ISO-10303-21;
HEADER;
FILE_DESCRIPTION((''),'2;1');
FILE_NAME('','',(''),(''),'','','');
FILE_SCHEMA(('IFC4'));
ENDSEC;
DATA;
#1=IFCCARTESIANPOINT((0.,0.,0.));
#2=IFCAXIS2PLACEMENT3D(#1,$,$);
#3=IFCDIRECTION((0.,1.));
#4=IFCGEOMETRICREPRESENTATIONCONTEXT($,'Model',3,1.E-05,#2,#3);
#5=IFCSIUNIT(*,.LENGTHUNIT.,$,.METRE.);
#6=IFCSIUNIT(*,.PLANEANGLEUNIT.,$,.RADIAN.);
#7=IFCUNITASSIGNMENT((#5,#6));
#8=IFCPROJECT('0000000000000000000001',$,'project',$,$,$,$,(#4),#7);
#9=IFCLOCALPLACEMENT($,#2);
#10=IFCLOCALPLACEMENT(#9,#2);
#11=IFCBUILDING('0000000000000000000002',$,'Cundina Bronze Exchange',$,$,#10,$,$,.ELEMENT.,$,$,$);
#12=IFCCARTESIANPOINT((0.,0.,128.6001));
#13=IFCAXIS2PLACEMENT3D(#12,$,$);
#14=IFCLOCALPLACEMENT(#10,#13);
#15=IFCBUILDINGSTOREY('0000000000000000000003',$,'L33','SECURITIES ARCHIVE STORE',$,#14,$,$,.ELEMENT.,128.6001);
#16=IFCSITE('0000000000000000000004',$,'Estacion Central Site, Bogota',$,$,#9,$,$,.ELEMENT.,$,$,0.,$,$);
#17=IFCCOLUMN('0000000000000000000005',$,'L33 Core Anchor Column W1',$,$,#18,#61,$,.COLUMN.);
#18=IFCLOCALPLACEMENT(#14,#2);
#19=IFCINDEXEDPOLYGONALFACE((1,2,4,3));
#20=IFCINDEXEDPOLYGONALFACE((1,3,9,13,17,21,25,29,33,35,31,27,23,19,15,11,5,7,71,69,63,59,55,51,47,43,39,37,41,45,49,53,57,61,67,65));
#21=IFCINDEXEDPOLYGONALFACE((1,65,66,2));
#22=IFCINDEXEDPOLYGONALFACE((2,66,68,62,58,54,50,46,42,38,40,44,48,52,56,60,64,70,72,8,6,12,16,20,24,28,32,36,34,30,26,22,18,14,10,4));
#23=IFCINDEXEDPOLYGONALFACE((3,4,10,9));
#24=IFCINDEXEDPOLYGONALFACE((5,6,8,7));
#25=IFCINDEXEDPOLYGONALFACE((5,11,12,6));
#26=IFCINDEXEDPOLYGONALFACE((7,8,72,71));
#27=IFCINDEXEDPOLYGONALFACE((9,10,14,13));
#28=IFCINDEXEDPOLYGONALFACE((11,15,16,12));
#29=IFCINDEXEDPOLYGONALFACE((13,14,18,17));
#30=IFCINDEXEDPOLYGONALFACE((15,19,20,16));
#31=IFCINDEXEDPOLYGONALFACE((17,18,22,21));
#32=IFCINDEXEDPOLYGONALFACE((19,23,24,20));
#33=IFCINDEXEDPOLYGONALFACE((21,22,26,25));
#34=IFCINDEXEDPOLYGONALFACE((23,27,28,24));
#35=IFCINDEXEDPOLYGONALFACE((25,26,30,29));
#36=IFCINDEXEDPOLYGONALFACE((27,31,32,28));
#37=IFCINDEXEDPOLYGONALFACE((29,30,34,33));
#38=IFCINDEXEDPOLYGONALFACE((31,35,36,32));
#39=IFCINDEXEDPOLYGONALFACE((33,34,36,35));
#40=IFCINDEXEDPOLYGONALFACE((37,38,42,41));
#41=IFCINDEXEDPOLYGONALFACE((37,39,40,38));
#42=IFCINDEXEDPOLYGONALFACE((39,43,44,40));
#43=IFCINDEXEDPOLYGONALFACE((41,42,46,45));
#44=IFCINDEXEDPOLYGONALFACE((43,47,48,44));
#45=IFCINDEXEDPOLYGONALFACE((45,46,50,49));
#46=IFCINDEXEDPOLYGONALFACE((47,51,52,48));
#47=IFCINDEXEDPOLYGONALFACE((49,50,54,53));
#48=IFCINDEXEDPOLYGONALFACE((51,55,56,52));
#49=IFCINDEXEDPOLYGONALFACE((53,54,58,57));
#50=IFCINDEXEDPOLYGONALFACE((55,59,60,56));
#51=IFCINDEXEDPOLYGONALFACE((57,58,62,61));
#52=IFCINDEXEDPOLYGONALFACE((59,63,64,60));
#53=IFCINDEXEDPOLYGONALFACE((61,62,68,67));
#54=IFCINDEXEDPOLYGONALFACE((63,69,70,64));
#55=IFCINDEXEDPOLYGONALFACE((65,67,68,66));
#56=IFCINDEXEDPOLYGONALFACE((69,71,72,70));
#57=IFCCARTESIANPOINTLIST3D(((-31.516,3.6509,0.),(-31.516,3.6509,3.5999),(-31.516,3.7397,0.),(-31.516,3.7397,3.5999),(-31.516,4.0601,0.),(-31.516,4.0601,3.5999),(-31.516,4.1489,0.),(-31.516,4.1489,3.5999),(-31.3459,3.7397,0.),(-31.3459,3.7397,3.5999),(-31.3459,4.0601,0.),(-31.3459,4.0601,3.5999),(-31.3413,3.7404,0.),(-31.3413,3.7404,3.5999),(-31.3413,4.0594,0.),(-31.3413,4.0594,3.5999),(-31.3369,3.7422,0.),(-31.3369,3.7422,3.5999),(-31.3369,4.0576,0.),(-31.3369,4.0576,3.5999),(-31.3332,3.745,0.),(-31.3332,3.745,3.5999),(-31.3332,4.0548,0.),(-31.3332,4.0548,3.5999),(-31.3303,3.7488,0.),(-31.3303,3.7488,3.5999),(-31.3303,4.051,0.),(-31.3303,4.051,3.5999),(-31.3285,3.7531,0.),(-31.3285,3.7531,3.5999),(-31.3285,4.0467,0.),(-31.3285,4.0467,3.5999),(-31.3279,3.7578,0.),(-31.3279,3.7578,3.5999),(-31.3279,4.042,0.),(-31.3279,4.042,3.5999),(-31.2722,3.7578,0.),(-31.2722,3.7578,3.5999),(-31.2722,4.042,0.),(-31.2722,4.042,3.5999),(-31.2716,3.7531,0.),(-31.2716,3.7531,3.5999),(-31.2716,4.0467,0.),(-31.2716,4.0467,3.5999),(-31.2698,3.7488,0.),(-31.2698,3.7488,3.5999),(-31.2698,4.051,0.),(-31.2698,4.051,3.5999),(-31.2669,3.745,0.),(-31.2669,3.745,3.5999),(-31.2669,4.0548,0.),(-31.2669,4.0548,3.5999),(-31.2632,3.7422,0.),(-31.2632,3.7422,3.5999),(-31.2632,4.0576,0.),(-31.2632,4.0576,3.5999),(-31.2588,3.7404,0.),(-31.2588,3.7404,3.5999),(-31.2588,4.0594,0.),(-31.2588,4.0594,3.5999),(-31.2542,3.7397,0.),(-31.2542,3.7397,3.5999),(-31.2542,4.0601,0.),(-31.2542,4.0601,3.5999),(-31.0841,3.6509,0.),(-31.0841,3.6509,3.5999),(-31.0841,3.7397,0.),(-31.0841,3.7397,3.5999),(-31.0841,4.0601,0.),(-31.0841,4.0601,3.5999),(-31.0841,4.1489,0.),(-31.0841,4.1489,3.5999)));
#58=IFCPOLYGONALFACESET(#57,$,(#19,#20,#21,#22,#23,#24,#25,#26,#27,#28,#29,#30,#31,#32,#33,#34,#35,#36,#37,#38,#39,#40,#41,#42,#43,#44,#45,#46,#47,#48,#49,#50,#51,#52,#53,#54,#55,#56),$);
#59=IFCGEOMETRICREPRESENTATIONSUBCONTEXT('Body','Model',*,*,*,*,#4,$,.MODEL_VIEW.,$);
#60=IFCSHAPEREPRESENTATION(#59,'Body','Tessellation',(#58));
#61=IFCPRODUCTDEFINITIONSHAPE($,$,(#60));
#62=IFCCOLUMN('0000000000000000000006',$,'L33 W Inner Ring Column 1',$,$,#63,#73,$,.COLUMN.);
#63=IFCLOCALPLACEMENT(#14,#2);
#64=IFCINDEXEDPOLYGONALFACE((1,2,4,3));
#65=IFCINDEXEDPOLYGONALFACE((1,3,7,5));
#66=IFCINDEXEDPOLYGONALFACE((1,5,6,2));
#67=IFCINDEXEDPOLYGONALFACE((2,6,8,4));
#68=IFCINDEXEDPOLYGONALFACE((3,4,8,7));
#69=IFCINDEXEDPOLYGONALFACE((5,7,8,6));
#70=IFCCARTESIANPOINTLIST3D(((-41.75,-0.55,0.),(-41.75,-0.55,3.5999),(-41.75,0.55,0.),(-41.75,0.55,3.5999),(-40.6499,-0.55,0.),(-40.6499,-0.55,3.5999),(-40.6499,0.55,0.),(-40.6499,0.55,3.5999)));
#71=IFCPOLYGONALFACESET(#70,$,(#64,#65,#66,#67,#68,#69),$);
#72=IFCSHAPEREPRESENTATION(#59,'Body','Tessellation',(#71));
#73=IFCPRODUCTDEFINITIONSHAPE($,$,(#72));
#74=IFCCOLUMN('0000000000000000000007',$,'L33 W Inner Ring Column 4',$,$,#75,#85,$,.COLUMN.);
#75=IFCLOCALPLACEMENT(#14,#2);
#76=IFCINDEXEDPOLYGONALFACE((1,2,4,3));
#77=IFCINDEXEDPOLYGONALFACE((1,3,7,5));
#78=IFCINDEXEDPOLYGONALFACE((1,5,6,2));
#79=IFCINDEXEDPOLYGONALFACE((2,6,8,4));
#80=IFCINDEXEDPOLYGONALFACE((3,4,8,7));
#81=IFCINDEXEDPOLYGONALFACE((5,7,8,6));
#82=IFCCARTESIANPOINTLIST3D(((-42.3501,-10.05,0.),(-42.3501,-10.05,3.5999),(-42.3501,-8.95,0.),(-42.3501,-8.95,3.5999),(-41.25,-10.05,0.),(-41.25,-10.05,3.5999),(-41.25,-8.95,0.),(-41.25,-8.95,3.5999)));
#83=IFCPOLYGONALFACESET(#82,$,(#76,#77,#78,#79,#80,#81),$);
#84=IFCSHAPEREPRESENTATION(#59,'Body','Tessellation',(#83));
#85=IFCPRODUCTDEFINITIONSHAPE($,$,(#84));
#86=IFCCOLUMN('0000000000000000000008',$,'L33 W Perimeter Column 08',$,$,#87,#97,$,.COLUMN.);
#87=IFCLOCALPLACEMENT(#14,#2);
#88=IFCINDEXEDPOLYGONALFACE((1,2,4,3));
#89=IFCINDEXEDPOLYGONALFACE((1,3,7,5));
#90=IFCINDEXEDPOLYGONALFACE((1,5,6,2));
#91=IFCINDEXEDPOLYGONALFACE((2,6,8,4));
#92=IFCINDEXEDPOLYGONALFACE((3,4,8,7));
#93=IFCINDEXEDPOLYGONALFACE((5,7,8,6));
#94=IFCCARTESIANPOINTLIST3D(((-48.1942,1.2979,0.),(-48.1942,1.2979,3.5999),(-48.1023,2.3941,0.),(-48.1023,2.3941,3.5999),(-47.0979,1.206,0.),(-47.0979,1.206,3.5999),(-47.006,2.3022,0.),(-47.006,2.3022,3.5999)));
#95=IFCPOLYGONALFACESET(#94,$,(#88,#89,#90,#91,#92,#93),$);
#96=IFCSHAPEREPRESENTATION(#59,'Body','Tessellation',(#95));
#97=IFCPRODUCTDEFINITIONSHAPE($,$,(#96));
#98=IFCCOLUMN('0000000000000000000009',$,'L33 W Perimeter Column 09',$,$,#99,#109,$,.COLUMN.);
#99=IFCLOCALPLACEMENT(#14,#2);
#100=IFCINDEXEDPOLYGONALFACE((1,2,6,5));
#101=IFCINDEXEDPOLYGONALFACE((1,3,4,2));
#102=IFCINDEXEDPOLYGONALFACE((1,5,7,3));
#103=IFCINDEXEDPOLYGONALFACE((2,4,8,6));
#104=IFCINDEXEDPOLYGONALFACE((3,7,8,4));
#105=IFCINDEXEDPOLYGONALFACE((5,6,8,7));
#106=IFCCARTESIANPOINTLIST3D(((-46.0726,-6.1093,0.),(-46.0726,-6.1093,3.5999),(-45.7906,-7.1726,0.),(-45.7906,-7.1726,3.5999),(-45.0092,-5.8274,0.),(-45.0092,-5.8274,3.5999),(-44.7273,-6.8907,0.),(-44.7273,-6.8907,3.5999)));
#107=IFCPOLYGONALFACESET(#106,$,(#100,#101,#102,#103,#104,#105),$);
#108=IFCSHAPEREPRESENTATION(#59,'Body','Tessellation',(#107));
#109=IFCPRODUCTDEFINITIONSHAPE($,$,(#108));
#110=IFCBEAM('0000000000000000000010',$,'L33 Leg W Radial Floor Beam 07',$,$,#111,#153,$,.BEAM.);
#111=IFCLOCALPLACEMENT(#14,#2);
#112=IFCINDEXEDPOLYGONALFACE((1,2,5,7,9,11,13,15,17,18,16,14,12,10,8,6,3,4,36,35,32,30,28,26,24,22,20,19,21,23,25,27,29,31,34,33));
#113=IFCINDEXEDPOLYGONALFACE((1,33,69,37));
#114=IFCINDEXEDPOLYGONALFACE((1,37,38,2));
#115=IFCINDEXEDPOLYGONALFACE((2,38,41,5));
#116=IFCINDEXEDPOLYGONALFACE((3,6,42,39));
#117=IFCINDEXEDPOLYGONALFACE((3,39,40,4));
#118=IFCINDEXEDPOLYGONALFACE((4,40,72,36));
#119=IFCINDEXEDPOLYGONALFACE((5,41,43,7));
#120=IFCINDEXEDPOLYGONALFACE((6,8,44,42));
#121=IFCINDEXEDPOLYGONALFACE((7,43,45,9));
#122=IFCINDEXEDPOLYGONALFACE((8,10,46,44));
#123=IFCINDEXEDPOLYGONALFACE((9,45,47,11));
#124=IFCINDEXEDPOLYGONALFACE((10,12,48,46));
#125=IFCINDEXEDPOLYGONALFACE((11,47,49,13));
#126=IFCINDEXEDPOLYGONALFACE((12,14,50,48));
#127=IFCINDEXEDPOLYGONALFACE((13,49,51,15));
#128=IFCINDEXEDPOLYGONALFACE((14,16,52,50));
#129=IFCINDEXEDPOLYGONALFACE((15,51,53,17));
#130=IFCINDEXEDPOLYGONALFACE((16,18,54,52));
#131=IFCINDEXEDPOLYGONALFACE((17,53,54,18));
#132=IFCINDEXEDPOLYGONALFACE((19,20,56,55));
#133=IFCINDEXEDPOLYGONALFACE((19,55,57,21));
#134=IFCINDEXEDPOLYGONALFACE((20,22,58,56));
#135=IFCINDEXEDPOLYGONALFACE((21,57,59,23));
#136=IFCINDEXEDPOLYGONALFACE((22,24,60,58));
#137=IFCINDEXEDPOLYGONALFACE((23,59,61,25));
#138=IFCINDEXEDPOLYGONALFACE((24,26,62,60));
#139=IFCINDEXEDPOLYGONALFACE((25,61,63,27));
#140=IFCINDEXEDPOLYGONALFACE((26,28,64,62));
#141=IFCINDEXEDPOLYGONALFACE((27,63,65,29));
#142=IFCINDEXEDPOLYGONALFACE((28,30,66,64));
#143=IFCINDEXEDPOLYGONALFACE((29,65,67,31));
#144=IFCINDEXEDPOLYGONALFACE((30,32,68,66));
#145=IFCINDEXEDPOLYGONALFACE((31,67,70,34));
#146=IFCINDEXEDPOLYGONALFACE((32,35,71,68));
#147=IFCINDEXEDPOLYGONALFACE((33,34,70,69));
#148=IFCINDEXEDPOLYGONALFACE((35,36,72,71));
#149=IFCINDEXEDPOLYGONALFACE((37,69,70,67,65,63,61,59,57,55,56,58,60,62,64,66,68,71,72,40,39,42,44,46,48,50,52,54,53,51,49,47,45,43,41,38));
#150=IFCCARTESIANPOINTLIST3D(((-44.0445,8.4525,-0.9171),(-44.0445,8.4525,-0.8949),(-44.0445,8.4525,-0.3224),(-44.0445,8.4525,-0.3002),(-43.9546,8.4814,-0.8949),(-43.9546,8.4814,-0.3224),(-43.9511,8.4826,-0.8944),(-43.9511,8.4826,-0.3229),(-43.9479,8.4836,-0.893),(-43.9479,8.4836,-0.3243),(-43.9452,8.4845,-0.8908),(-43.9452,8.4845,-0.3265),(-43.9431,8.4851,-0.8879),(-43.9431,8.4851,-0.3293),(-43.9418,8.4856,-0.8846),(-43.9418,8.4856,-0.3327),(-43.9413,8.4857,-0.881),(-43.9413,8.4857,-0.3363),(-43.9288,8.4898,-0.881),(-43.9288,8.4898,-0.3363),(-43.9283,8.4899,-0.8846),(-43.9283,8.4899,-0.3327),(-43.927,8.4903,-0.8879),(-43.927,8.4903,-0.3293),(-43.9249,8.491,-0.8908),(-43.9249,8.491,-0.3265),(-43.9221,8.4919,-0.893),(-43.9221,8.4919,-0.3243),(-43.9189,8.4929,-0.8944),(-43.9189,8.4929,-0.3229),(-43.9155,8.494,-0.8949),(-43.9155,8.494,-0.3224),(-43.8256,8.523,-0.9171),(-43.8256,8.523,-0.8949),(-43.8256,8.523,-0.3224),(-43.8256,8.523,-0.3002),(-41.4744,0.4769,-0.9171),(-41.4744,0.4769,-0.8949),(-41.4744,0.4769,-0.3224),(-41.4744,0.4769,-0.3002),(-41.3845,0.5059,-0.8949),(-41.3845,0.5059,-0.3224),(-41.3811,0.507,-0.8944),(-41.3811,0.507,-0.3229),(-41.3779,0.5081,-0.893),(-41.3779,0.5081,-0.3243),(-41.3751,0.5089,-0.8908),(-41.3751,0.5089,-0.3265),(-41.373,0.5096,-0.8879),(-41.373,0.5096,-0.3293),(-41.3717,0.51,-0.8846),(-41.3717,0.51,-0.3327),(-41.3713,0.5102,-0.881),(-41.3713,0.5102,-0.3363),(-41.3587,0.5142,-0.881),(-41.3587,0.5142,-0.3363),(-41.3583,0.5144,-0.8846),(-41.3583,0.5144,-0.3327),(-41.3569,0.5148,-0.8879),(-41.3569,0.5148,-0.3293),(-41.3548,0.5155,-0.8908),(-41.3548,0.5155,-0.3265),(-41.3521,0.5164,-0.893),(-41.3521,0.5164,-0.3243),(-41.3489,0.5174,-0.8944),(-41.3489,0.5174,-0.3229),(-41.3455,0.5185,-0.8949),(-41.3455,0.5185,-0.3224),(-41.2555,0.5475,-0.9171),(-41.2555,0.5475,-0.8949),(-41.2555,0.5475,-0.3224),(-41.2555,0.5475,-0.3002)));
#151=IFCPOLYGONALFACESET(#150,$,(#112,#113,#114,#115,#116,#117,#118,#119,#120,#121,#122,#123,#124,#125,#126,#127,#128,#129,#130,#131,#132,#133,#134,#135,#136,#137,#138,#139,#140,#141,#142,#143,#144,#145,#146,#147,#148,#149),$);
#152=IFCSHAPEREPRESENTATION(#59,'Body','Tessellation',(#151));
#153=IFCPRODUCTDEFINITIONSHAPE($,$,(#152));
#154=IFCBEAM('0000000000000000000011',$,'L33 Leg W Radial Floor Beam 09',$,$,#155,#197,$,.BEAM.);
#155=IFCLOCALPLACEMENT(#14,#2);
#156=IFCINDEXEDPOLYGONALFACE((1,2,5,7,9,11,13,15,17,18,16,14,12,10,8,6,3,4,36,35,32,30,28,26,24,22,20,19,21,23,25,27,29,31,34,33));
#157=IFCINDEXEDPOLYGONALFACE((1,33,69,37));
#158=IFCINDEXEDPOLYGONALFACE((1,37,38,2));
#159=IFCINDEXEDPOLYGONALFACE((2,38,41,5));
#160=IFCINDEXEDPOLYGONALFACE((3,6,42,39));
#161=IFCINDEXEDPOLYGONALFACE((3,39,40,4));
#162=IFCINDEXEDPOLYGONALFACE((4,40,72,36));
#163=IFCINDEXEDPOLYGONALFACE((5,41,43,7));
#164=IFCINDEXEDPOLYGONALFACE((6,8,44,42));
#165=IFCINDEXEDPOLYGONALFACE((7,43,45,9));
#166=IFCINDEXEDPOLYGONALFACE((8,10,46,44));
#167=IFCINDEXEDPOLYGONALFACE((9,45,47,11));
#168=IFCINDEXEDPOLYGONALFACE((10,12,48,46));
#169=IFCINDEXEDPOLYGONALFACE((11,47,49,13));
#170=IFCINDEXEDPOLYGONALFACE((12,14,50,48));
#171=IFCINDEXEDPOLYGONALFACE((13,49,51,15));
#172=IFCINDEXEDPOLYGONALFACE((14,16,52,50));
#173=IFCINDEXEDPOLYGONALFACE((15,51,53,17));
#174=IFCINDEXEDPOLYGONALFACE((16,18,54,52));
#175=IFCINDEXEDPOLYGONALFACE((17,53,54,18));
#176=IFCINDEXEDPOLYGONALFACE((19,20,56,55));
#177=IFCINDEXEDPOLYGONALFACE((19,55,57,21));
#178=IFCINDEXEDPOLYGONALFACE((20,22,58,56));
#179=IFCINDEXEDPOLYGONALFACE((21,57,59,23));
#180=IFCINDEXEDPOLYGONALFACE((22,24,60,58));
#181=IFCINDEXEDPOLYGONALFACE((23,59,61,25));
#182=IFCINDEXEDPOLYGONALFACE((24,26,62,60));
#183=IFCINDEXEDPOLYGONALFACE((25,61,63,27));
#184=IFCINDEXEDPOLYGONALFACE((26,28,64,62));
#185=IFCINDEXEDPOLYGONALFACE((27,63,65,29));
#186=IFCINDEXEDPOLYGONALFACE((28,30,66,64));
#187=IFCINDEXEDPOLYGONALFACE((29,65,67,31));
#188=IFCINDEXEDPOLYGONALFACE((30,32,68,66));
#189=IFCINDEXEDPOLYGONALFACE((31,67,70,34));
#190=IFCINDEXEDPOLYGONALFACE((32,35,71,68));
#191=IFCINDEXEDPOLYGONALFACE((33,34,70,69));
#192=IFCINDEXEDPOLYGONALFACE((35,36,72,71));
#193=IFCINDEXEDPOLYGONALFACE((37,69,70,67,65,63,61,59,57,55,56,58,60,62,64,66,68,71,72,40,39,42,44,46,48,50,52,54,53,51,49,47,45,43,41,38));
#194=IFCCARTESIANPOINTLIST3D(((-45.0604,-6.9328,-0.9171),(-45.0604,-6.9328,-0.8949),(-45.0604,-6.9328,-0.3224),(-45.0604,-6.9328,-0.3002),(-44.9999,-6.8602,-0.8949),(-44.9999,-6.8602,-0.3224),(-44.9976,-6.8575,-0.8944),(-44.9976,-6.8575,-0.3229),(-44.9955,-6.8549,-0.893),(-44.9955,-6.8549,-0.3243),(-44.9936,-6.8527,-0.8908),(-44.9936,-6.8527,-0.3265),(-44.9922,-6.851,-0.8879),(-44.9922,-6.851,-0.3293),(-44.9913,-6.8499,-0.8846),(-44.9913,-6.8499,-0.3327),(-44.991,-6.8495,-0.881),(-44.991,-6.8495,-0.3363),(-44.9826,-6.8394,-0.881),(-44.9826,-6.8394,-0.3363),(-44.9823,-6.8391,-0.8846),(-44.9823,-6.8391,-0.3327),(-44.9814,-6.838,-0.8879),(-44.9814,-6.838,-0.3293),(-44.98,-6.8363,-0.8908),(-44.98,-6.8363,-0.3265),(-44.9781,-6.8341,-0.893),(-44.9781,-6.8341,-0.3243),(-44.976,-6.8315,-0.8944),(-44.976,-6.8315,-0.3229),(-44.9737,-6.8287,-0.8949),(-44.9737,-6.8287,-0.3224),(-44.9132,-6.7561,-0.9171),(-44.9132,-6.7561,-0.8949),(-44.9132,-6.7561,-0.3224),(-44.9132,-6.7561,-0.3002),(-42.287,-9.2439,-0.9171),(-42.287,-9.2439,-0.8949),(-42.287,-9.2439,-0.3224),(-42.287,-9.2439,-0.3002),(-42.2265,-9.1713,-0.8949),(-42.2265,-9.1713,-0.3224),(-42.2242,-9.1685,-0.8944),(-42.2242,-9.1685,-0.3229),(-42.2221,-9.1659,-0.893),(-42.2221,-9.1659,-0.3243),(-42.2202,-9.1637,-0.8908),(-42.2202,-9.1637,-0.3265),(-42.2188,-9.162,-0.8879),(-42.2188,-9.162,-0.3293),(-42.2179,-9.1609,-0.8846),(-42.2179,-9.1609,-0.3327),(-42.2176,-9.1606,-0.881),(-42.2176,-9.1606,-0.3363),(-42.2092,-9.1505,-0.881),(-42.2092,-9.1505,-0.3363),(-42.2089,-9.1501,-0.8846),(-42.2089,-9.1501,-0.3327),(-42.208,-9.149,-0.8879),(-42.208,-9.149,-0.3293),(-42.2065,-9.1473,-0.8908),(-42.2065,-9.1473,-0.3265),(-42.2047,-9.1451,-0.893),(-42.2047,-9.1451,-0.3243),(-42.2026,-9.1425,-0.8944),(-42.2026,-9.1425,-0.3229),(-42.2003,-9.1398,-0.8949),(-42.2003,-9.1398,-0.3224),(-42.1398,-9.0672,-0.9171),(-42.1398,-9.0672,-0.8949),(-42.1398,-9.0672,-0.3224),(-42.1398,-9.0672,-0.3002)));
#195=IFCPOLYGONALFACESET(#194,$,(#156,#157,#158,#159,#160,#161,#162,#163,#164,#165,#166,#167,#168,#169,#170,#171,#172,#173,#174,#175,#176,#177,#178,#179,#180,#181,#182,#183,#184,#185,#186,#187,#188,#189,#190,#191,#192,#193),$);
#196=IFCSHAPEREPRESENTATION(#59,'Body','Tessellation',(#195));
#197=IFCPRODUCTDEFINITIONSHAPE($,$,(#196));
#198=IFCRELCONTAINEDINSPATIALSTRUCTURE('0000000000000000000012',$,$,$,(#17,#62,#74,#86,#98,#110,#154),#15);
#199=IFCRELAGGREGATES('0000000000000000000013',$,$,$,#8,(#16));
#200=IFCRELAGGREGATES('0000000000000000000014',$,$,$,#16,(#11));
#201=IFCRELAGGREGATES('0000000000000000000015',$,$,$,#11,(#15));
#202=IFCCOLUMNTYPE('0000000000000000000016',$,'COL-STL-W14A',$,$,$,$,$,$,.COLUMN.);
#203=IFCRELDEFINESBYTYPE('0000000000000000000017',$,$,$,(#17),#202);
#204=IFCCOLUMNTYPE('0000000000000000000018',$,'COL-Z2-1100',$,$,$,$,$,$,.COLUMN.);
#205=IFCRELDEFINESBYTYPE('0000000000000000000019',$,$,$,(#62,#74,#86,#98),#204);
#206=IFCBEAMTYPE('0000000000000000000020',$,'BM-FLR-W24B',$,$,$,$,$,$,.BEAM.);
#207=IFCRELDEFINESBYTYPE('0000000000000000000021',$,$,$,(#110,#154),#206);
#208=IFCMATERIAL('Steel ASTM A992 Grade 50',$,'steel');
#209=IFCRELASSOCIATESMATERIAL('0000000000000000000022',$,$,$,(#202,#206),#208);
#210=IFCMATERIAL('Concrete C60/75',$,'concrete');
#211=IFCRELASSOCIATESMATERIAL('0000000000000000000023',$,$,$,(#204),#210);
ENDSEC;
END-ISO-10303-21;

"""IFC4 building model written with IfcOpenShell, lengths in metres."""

from ifc_helpers import new_model, si_unit, direction, frame, origin, origin_2d, place, context, subcontext, project, spatial, rectangle, i_section, extrude, material, material_profile, profile_set, type_object, element, save


model = new_model("IFC4")

# Units and contexts
model_context = context("Model", 3, precision=1e-05, world=origin(), true_north=direction((0.0, 1.0)))
body_context = subcontext(model_context, "Body", "Model", "MODEL_VIEW")
ifc_project = project(units=[si_unit("LENGTHUNIT", "METRE"), si_unit("PLANEANGLEUNIT", "RADIAN")], contexts=[model_context])

# Site, building, storey
site_placement = place(None, origin())
site = spatial("IfcSite", under=ifc_project, at=site_placement, Name="Estacion Central Site, Bogota", CompositionType="ELEMENT", RefElevation=0.0)
building_placement = place(site_placement, origin())
building = spatial("IfcBuilding", under=site, at=building_placement, Name="Cundina Bronze Exchange", CompositionType="ELEMENT")
storey_placement = place(building_placement, frame((0.0, 0.0, 128.6001)))
storey = spatial("IfcBuildingStorey", under=building, at=storey_placement, Name="L33", Description="SECURITIES ARCHIVE STORE", CompositionType="ELEMENT", Elevation=128.6001)

# Columns
ifc_material_1 = material(Name="Steel ASTM A992 Grade 50", Category="steel")
ifc_material_profile_1 = material_profile(ifc_material_1, i_section(OverallWidth=0.4319, OverallDepth=0.498, WebThickness=0.0557, FlangeThickness=0.0889, FilletRadius=0.0181, at=origin_2d()), Name="W14X500", Category="steel")
ifc_profile_set_1 = profile_set([ifc_material_profile_1], Name="Steel ASTM A992 Grade 50")
column_type_1 = type_object("IfcColumnType", Name="COL-STL-W14A", PredefinedType="COLUMN", material=ifc_profile_set_1)
column_placement = place(storey_placement, frame((-31.3, 3.8999, 0.0), z_axis=(0.0, 0.0, 1.0), x_axis=(1.0, 0.0, 0.0)))
element("IfcColumn", 1, at=column_placement, inside=storey, type_object=column_type_1, Name="L33 Core Anchor Column W1", PredefinedType="COLUMN", context=body_context, shape_type="SweptSolid", body=[
    extrude(i_section(OverallWidth=0.4319, OverallDepth=0.498, WebThickness=0.0557, FlangeThickness=0.0889, FilletRadius=0.0181, at=origin_2d()), origin(), (0.0, 0.0, 1.0), 3.5999),
])
ifc_material_2 = material(Name="Concrete C60/75", Category="concrete")
ifc_material_profile_2 = material_profile(ifc_material_2, rectangle(XDim=1.1001, YDim=1.1001, at=origin_2d()), Name="RC1100X1100", Category="concrete")
ifc_profile_set_2 = profile_set([ifc_material_profile_2], Name="Concrete C60/75")
column_type_2 = type_object("IfcColumnType", Name="COL-Z2-1100", PredefinedType="COLUMN", material=ifc_profile_set_2)
for number, where, z_axis, x_axis, name in (
    (2, (-41.2, 0.0, 0.0), (0.0, 0.0, 1.0), (1.0, 0.0, 0.0), "L33 W Inner Ring Column 1"),
    (3, (-41.8, -9.5, 0.0), (0.0, 0.0, 1.0), (1.0, 0.0, 0.0), "L33 W Inner Ring Column 4"),
    (4, (-47.6001, 1.8, 0.0), (0.0, 0.0, 1.0), (-0.083504, -0.996507, 0.0), "L33 W Perimeter Column 08"),
    (5, (-45.3999, -6.5, 0.0), (0.0, 0.0, 1.0), (0.256289, -0.9666, 0.0), "L33 W Perimeter Column 09"),
):
    element("IfcColumn", number, at=place(storey_placement, frame(where, z_axis=z_axis, x_axis=x_axis)), inside=storey, type_object=column_type_2, Name=name, PredefinedType="COLUMN", context=body_context, shape_type="SweptSolid", body=[
        extrude(rectangle(XDim=1.1001, YDim=1.1001, at=origin_2d()), origin(), (0.0, 0.0, 1.0), 3.5999),
    ])

# Beams
ifc_material_profile_3 = material_profile(ifc_material_1, i_section(OverallWidth=0.23, OverallDepth=0.6169, WebThickness=0.0132, FlangeThickness=0.0222, FilletRadius=0.0139, at=origin_2d()), Name="W24X94", Category="steel")
ifc_profile_set_3 = profile_set([ifc_material_profile_3], Name="Steel ASTM A992 Grade 50")
beam_type_1 = type_object("IfcBeamType", Name="BM-FLR-W24B", PredefinedType="BEAM", material=ifc_profile_set_3)
beam_1_placement = place(storey_placement, frame((-41.365, 0.5122, -0.6086), z_axis=(-0.306711, 0.951803, 0.0), x_axis=(-0.951803, -0.306711, 0.0)))
element("IfcBeam", 6, at=beam_1_placement, inside=storey, type_object=beam_type_1, Name="L33 Leg W Radial Floor Beam 07", PredefinedType="BEAM", context=body_context, shape_type="SweptSolid", body=[
    extrude(i_section(OverallWidth=0.23, OverallDepth=0.6169, WebThickness=0.0132, FlangeThickness=0.0222, FilletRadius=0.0139, at=origin_2d()), origin(), (0.0, 0.0, 1.0), 8.3794),
])
beam_2_placement = place(storey_placement, frame((-42.2134, -9.1555, -0.6086), z_axis=(-0.768243, 0.640158, 0.0), x_axis=(-0.640158, -0.768243, 0.0)))
element("IfcBeam", 7, at=beam_2_placement, inside=storey, type_object=beam_type_1, Name="L33 Leg W Radial Floor Beam 09", PredefinedType="BEAM", context=body_context, shape_type="SweptSolid", body=[
    extrude(i_section(OverallWidth=0.23, OverallDepth=0.6169, WebThickness=0.0132, FlangeThickness=0.0222, FilletRadius=0.0139, at=origin_2d()), origin(), (0.0, 0.0, 1.0), 3.6101),
])

save(model, "model.ifc")
